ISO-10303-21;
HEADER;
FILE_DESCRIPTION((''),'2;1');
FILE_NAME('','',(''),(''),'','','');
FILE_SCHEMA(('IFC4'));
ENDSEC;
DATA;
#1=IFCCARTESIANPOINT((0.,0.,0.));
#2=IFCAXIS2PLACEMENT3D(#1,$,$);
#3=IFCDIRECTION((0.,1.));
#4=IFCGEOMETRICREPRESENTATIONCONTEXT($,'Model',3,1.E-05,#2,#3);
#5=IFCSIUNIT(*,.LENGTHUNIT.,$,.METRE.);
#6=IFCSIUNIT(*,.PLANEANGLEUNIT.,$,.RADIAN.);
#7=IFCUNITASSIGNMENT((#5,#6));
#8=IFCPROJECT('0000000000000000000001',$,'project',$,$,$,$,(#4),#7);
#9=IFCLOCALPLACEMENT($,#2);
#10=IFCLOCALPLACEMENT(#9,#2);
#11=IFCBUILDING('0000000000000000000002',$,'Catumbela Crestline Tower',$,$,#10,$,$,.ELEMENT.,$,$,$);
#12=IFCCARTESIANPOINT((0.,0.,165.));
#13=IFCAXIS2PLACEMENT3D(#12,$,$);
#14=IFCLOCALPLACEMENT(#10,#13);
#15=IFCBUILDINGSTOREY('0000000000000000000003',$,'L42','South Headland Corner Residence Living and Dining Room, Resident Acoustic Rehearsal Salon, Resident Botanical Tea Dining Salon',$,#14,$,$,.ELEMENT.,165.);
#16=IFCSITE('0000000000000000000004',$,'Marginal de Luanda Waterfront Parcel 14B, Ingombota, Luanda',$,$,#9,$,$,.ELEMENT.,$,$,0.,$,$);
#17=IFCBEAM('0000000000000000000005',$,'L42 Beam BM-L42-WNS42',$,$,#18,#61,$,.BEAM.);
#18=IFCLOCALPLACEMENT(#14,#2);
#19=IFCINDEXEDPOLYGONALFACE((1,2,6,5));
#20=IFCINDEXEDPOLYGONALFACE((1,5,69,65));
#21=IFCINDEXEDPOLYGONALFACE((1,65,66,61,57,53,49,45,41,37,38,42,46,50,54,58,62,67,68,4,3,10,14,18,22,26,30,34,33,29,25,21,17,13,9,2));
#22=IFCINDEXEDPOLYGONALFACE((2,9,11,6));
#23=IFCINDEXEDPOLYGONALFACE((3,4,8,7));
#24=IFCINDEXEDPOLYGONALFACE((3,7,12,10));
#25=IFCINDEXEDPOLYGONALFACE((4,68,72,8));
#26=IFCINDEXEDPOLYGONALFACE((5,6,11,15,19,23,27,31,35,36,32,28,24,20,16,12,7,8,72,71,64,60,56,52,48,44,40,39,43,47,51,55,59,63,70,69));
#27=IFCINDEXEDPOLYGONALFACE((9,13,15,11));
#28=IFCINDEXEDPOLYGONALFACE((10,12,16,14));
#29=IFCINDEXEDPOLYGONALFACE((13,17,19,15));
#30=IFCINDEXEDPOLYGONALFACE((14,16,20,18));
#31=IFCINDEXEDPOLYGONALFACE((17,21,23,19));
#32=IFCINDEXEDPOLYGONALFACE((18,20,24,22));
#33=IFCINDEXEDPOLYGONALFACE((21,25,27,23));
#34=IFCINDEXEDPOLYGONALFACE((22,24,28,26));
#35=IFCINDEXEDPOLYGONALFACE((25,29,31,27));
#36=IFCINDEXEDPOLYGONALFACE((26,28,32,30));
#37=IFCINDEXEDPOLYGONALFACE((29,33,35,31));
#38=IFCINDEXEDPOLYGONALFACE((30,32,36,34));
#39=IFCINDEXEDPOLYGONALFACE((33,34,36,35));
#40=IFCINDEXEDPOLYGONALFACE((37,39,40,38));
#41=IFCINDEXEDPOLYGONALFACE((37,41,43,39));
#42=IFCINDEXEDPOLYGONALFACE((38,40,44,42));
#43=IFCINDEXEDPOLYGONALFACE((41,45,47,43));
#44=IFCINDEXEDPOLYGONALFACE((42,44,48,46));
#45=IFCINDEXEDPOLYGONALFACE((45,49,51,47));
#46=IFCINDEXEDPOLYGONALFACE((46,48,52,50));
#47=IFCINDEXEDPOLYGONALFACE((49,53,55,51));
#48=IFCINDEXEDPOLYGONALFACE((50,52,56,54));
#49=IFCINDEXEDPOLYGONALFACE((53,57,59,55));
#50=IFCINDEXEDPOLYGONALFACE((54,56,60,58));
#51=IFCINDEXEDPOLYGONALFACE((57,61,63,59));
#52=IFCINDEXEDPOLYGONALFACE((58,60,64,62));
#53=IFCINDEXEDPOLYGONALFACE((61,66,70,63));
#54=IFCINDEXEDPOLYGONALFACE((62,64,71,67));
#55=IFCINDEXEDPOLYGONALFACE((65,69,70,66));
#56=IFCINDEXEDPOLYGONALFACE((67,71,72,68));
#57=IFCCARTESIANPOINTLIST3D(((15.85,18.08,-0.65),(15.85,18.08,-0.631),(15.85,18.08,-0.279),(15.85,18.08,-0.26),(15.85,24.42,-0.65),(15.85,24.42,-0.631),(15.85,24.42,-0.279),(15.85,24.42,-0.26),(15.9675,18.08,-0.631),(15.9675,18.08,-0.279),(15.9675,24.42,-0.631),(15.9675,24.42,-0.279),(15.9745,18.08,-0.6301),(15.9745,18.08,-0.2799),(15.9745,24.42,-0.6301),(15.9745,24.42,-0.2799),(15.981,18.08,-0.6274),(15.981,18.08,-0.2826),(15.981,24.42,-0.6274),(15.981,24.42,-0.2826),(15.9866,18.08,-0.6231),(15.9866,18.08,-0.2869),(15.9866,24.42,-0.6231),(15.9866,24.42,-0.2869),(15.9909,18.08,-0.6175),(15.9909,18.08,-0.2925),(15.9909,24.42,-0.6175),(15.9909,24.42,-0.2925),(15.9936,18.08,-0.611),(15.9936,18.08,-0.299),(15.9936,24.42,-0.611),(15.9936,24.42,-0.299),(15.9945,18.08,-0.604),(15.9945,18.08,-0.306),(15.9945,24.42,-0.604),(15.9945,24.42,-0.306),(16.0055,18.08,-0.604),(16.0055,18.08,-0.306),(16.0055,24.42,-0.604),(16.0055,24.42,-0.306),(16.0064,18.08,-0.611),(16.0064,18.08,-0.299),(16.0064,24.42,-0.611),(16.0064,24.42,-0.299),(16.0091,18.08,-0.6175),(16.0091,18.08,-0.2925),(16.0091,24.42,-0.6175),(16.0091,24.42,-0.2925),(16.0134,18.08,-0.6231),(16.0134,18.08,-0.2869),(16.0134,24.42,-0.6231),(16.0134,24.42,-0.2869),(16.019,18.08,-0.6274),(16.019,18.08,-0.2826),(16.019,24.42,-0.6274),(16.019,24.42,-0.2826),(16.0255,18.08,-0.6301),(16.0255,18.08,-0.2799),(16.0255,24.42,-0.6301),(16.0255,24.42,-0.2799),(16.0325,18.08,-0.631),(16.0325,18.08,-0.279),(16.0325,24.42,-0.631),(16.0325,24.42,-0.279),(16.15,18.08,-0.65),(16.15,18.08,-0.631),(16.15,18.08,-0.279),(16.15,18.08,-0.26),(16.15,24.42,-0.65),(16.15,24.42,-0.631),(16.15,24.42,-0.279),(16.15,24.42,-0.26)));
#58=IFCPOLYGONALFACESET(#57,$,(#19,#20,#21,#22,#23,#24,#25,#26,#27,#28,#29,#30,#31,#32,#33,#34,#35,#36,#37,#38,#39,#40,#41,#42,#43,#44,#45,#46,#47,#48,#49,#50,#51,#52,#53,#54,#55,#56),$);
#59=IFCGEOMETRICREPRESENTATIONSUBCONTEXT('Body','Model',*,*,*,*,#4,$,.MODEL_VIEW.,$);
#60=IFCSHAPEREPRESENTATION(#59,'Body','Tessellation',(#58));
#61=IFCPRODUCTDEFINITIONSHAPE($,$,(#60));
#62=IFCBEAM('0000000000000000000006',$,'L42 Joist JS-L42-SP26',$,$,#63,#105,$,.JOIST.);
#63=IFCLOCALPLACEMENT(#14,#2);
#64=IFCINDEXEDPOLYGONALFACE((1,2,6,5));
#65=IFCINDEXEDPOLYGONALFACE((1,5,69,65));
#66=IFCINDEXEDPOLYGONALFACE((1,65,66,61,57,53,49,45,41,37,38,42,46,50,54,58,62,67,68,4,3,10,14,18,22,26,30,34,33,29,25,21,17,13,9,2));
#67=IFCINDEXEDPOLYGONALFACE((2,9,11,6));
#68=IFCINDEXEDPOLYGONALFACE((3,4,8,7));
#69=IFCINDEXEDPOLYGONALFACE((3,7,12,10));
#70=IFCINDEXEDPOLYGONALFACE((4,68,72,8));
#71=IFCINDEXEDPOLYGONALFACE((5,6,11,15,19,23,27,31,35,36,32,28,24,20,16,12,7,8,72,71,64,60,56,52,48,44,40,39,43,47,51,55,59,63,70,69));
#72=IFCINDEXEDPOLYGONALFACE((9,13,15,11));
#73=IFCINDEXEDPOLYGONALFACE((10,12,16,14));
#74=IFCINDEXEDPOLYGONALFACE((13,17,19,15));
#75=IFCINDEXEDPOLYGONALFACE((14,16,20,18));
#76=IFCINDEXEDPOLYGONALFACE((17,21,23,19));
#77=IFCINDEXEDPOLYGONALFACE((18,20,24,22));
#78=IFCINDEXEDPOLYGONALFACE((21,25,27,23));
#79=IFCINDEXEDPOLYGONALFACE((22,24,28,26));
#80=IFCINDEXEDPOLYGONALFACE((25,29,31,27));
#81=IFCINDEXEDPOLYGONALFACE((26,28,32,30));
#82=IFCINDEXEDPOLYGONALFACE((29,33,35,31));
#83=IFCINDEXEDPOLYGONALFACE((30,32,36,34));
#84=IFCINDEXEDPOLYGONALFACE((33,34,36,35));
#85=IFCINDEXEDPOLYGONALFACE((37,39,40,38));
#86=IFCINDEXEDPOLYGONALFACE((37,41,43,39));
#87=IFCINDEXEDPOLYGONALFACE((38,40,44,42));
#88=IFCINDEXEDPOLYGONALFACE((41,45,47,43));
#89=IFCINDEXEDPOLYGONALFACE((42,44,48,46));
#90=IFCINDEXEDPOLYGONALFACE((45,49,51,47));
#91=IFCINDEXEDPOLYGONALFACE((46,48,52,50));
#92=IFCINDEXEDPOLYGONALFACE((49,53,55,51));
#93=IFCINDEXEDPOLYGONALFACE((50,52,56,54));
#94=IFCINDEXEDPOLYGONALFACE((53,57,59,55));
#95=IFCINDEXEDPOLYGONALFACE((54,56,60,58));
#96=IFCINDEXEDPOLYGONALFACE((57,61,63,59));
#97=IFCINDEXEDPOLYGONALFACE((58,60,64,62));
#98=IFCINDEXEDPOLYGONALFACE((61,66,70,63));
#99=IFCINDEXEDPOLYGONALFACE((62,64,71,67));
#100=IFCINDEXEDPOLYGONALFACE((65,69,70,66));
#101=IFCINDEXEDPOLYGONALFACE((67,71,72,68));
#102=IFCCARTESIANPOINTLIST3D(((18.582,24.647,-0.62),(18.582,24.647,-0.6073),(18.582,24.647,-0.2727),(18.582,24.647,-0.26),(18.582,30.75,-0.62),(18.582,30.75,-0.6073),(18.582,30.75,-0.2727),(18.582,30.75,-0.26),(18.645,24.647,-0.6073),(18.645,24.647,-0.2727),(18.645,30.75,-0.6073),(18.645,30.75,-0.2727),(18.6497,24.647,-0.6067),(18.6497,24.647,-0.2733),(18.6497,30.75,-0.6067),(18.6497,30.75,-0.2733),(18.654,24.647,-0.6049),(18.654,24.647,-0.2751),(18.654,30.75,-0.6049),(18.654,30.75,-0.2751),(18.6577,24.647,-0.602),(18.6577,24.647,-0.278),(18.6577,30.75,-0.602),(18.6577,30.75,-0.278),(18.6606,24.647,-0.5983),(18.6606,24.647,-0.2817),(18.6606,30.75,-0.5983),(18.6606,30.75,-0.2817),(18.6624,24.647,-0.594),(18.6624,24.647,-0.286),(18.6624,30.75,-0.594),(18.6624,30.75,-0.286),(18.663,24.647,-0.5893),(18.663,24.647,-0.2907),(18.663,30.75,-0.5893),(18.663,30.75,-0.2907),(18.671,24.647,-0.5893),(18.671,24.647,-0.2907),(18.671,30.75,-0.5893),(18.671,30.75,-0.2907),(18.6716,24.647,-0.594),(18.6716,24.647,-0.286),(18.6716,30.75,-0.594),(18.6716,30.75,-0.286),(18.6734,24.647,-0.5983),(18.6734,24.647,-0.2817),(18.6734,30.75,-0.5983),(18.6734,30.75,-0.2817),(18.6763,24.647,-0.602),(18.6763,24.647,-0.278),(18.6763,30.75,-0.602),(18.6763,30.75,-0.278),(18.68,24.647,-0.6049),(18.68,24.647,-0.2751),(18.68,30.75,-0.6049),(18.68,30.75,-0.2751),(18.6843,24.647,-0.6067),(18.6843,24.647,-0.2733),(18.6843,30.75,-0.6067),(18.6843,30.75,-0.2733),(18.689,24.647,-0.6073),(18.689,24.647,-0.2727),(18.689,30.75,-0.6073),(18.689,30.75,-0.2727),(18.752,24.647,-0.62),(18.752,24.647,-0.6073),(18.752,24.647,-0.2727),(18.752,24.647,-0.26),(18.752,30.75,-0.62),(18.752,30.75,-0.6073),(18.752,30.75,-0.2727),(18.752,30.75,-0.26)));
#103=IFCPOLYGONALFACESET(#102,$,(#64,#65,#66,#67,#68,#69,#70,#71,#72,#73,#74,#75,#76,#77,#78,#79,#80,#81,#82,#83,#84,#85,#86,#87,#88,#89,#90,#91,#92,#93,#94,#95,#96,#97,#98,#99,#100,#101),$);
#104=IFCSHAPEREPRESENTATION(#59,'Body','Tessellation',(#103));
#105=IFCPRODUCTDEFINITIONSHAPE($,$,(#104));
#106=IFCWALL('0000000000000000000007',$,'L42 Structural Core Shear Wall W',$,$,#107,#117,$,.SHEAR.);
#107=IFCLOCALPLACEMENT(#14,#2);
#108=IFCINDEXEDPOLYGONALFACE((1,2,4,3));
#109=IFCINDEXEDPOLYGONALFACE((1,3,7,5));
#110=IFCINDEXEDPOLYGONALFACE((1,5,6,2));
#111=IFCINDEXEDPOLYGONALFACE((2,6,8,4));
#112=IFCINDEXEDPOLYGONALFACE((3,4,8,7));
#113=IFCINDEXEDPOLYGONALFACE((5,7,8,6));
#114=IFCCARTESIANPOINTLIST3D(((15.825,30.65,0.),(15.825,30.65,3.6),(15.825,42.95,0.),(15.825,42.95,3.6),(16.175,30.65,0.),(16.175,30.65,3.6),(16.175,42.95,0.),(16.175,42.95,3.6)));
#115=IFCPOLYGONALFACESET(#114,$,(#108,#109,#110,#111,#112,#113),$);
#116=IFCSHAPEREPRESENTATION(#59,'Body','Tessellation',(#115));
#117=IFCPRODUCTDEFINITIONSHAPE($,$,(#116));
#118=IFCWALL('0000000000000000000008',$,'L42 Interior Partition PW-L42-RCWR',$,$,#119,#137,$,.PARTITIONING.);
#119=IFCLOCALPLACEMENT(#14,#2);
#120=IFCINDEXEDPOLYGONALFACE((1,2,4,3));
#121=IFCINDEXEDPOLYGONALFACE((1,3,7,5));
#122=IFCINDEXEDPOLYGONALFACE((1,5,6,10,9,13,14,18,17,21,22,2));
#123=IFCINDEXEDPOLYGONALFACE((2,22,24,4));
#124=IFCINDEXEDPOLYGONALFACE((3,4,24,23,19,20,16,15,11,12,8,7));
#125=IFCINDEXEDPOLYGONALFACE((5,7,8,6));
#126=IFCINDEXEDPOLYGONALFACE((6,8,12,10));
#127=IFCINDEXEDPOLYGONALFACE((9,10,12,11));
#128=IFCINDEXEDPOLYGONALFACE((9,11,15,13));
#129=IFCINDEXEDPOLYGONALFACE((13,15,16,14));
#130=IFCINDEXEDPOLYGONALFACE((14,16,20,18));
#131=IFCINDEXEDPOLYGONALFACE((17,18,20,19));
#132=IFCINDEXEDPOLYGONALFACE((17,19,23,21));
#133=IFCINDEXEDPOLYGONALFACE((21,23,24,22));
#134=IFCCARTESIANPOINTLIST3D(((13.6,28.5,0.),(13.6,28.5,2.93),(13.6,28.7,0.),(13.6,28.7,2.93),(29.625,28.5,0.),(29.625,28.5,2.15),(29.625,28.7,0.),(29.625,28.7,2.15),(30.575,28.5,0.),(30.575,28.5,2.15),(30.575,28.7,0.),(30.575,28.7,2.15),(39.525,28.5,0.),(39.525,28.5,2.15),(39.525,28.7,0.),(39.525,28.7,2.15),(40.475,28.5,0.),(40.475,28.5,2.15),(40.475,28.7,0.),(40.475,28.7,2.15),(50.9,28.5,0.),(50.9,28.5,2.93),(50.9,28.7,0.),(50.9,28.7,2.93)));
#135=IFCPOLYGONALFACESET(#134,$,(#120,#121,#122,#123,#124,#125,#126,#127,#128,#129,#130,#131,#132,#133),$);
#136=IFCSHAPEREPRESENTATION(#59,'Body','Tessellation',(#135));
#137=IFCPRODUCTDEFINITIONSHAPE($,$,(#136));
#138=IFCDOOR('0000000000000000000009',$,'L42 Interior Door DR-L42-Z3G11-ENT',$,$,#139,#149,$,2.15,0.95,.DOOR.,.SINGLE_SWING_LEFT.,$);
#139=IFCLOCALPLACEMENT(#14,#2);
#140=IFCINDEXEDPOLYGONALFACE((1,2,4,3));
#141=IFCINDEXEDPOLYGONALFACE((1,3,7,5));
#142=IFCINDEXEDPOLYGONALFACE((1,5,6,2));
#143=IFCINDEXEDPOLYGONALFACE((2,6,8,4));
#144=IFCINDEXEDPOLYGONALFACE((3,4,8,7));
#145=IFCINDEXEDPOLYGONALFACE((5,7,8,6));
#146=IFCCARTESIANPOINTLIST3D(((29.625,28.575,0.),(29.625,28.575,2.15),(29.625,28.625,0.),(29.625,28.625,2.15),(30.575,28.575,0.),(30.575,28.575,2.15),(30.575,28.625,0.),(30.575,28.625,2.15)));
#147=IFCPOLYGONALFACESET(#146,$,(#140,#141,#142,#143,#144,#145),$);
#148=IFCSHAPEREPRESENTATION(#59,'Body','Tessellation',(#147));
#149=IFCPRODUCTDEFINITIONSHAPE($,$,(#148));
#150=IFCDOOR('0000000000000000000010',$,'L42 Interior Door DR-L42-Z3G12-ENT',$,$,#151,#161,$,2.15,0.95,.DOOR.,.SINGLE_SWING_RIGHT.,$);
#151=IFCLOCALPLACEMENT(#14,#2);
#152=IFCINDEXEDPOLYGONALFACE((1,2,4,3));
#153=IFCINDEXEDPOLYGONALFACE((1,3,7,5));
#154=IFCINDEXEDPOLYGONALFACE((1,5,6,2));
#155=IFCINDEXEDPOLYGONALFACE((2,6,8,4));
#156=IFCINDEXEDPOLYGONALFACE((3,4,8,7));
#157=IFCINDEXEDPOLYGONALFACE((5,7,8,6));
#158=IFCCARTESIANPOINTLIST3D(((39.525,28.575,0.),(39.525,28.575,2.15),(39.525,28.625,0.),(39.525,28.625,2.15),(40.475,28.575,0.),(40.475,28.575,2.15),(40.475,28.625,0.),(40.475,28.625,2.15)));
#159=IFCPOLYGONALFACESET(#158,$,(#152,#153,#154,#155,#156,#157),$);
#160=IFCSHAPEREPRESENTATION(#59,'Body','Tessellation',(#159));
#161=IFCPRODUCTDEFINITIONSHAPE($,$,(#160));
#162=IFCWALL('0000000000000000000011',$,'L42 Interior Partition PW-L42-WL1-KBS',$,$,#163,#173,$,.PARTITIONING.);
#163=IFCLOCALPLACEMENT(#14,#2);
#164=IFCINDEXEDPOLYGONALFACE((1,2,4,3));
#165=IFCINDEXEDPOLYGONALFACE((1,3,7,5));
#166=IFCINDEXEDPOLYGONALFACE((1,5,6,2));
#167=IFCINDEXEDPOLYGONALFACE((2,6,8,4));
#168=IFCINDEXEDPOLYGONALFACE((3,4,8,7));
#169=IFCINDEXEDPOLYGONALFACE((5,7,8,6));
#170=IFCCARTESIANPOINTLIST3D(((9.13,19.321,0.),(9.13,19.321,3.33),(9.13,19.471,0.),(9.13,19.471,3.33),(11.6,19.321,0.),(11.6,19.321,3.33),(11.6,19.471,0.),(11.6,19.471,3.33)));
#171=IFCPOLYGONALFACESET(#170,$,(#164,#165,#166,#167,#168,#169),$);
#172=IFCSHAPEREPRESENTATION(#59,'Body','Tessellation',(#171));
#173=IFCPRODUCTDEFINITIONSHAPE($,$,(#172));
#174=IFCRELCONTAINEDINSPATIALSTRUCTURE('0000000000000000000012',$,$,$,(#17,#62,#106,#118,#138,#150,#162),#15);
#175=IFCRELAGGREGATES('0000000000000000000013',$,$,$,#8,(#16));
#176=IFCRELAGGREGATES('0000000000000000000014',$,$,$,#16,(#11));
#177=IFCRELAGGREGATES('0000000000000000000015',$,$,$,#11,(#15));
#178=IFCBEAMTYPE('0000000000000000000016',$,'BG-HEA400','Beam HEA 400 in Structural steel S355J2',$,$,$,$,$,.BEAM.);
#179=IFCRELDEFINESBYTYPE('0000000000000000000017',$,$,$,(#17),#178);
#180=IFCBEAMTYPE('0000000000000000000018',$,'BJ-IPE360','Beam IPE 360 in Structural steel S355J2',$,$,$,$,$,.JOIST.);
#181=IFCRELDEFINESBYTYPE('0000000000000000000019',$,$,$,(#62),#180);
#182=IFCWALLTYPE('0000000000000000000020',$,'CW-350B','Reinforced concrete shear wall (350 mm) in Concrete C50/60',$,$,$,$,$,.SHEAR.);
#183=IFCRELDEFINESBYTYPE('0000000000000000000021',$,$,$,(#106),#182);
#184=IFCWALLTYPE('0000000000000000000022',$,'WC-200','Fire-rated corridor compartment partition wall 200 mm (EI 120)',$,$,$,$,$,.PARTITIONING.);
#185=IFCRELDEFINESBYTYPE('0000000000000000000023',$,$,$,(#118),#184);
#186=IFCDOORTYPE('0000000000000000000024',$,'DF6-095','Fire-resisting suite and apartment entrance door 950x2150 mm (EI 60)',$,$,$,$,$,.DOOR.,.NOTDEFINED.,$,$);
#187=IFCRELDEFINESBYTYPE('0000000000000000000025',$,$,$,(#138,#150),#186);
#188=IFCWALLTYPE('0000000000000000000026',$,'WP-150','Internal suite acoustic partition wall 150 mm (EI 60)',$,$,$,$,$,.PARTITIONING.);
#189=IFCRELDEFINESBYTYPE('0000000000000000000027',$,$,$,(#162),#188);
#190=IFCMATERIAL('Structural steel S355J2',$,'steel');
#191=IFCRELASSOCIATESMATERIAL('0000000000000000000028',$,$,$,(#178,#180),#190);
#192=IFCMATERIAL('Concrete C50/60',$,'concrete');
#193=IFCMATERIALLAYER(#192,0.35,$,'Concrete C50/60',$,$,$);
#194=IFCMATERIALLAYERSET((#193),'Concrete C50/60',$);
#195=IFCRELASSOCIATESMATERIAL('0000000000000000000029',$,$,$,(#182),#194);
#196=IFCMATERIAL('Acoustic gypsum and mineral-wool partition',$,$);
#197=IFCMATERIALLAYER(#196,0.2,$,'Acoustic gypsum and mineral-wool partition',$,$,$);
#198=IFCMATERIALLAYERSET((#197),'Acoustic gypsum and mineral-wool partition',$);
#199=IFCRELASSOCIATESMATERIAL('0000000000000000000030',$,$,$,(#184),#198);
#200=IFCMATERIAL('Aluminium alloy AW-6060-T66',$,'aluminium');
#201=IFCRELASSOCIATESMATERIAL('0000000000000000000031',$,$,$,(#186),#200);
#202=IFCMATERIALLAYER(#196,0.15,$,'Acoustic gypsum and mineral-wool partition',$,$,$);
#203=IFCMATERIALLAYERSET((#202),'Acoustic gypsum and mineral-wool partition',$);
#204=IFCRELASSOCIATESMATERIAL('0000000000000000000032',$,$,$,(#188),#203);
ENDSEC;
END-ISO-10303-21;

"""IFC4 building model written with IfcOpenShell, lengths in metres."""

from ifc_helpers import new_model, si_unit, direction, frame, frame_2d, origin, origin_2d, place, context, subcontext, project, spatial, rectangle, i_section, extrude, material, layer, layer_set, material_profile, profile_set, type_object, element, fill, save


model = new_model("IFC4")

# Units and contexts
model_context = context("Model", 3, precision=1e-05, world=origin(), true_north=direction((0.0, 1.0)))
body_context = subcontext(model_context, "Body", "Model", "MODEL_VIEW")
ifc_project = project(units=[si_unit("LENGTHUNIT", "METRE"), si_unit("PLANEANGLEUNIT", "RADIAN")], contexts=[model_context])

# Site, building, storey
site_placement = place(None, origin())
site = spatial("IfcSite", under=ifc_project, at=site_placement, Name="Marginal de Luanda Waterfront Parcel 14B, Ingombota, Luanda", CompositionType="ELEMENT", RefElevation=0.0)
building_placement = place(site_placement, origin())
building = spatial("IfcBuilding", under=site, at=building_placement, Name="Catumbela Crestline Tower", CompositionType="ELEMENT")
storey_placement = place(building_placement, frame((0.0, 0.0, 165.0)))
storey = spatial("IfcBuildingStorey", under=building, at=storey_placement, Name="L42", Description="South Headland Corner Residence Living and Dining Room, Resident Acoustic Rehearsal Salon, Resident Botanical Tea Dining Salon", CompositionType="ELEMENT", Elevation=165.0)

# Shared definitions
ifc_material_1 = material(Name="Concrete C50/60", Category="concrete")

# Beams
ifc_material_2 = material(Name="Structural steel S355J2", Category="steel")
ifc_material_profile_1 = material_profile(ifc_material_2, i_section(OverallWidth=0.3, OverallDepth=0.39, WebThickness=0.011, FlangeThickness=0.019, FilletRadius=0.027, at=origin_2d()), Name="HEA 400")
ifc_profile_set_1 = profile_set([ifc_material_profile_1], Name="Structural steel S355J2")
beam_type_1 = type_object("IfcBeamType", Name="BG-HEA400", Description="Beam HEA 400 in Structural steel S355J2", PredefinedType="BEAM", material=ifc_profile_set_1)
beam_1_placement = place(storey_placement, frame((16.0, 18.08, -0.455), z_axis=(0.0, 1.0, 0.0), x_axis=(-1.0, 0.0, 0.0)))
element("IfcBeam", 1, at=beam_1_placement, inside=storey, type_object=beam_type_1, Name="L42 Beam BM-L42-WNS42", PredefinedType="BEAM", context=body_context, shape_type="SweptSolid", body=[
    extrude(i_section(OverallWidth=0.3, OverallDepth=0.39, WebThickness=0.011, FlangeThickness=0.019, FilletRadius=0.027, at=origin_2d()), origin(), (0.0, 0.0, 1.0), 6.34),
])
ifc_material_profile_2 = material_profile(ifc_material_2, i_section(OverallWidth=0.17, OverallDepth=0.36, WebThickness=0.008, FlangeThickness=0.0127, FilletRadius=0.018, at=origin_2d()), Name="IPE 360")
ifc_profile_set_2 = profile_set([ifc_material_profile_2], Name="Structural steel S355J2")
beam_type_2 = type_object("IfcBeamType", Name="BJ-IPE360", Description="Beam IPE 360 in Structural steel S355J2", PredefinedType="JOIST", material=ifc_profile_set_2)
beam_2_placement = place(storey_placement, frame((18.667, 24.647, -0.44), z_axis=(0.0, 1.0, 0.0), x_axis=(-1.0, 0.0, 0.0)))
element("IfcBeam", 2, at=beam_2_placement, inside=storey, type_object=beam_type_2, Name="L42 Joist JS-L42-SP26", PredefinedType="JOIST", context=body_context, shape_type="SweptSolid", body=[
    extrude(i_section(OverallWidth=0.17, OverallDepth=0.36, WebThickness=0.008, FlangeThickness=0.0127, FilletRadius=0.018, at=origin_2d()), origin(), (0.0, 0.0, 1.0), 6.103),
])

# Wall
ifc_layer_1 = layer(ifc_material_1, 0.35, Name="Concrete C50/60")
ifc_layer_set_1 = layer_set([ifc_layer_1], Name="Concrete C50/60")
wall_type_1 = type_object("IfcWallType", Name="CW-350B", Description="Reinforced concrete shear wall (350 mm) in Concrete C50/60", PredefinedType="SHEAR", material=ifc_layer_set_1)
wall_1_placement = place(storey_placement, frame((16.0, 30.65, 0.0), z_axis=(0.0, 0.0, 1.0), x_axis=(0.0, 1.0, 0.0)))
element("IfcWall", 3, at=wall_1_placement, inside=storey, type_object=wall_type_1, Name="L42 Structural Core Shear Wall W", PredefinedType="SHEAR", context=body_context, shape_type="SweptSolid", body=[
    extrude(rectangle(XDim=12.3, YDim=0.35, at=frame_2d((6.15, 0.0))), origin(), (0.0, 0.0, 1.0), 3.6),
])

# Wall, openings, doors
ifc_material_3 = material(Name="Acoustic gypsum and mineral-wool partition")
ifc_layer_2 = layer(ifc_material_3, 0.2, Name="Acoustic gypsum and mineral-wool partition")
ifc_layer_set_2 = layer_set([ifc_layer_2], Name="Acoustic gypsum and mineral-wool partition")
wall_type_2 = type_object("IfcWallType", Name="WC-200", Description="Fire-rated corridor compartment partition wall 200 mm (EI 120)", PredefinedType="PARTITIONING", material=ifc_layer_set_2)
wall_2_placement = place(storey_placement, frame((13.6, 28.6, 0.0), z_axis=(0.0, 0.0, 1.0), x_axis=(1.0, 0.0, 0.0)))
wall_2 = element("IfcWall", 4, at=wall_2_placement, inside=storey, type_object=wall_type_2, Name="L42 Interior Partition PW-L42-RCWR", PredefinedType="PARTITIONING", context=body_context, shape_type="SweptSolid", body=[
    extrude(rectangle(XDim=37.3, YDim=0.2, at=frame_2d((18.65, 0.0))), origin(), (0.0, 0.0, 1.0), 2.93),
])
opening_1_placement = place(wall_2_placement, frame((16.025, 0.0, 0.0)))
opening_1 = element("IfcOpeningElement", 5, at=opening_1_placement, cuts=wall_2, PredefinedType="OPENING", context=body_context, shape_type="SweptSolid", body=[
    extrude(rectangle(XDim=0.95, YDim=2.15, at=frame_2d((0.475, 1.075))), frame((0.0, 0.11, 0.0), z_axis=(0.0, -1.0, 0.0), x_axis=(1.0, 0.0, 0.0)), (0.0, 0.0, 1.0), 0.22),
])
opening_2_placement = place(wall_2_placement, frame((25.925, 0.0, 0.0)))
opening_2 = element("IfcOpeningElement", 6, at=opening_2_placement, cuts=wall_2, PredefinedType="OPENING", context=body_context, shape_type="SweptSolid", body=[
    extrude(rectangle(XDim=0.95, YDim=2.15, at=frame_2d((0.475, 1.075))), frame((0.0, 0.11, 0.0), z_axis=(0.0, -1.0, 0.0), x_axis=(1.0, 0.0, 0.0)), (0.0, 0.0, 1.0), 0.22),
])
ifc_material_4 = material(Name="Aluminium alloy AW-6060-T66", Category="aluminium")
door_type_1 = type_object("IfcDoorType", Name="DF6-095", Description="Fire-resisting suite and apartment entrance door 950x2150 mm (EI 60)", OperationType="NOTDEFINED", PredefinedType="DOOR", material=ifc_material_4)
door_1_placement = place(opening_1_placement, origin())
door_1 = element("IfcDoor", 7, at=door_1_placement, inside=storey, type_object=door_type_1, Name="L42 Interior Door DR-L42-Z3G11-ENT", OperationType="SINGLE_SWING_LEFT", OverallHeight=2.15, OverallWidth=0.95, PredefinedType="DOOR", context=body_context, shape_type="SweptSolid", body=[
    extrude(rectangle(XDim=0.95, YDim=2.15, at=frame_2d((0.475, 1.075))), frame((0.0, 0.025, 0.0), z_axis=(0.0, -1.0, 0.0), x_axis=(1.0, 0.0, 0.0)), (0.0, 0.0, 1.0), 0.05),
])
fill(opening_1, door_1)
door_2_placement = place(opening_2_placement, origin())
door_2 = element("IfcDoor", 8, at=door_2_placement, inside=storey, type_object=door_type_1, Name="L42 Interior Door DR-L42-Z3G12-ENT", OperationType="SINGLE_SWING_RIGHT", OverallHeight=2.15, OverallWidth=0.95, PredefinedType="DOOR", context=body_context, shape_type="SweptSolid", body=[
    extrude(rectangle(XDim=0.95, YDim=2.15, at=frame_2d((0.475, 1.075))), frame((0.0, 0.025, 0.0), z_axis=(0.0, -1.0, 0.0), x_axis=(1.0, 0.0, 0.0)), (0.0, 0.0, 1.0), 0.05),
])
fill(opening_2, door_2)

# Wall
ifc_layer_3 = layer(ifc_material_3, 0.15, Name="Acoustic gypsum and mineral-wool partition")
ifc_layer_set_3 = layer_set([ifc_layer_3], Name="Acoustic gypsum and mineral-wool partition")
wall_type_3 = type_object("IfcWallType", Name="WP-150", Description="Internal suite acoustic partition wall 150 mm (EI 60)", PredefinedType="PARTITIONING", material=ifc_layer_set_3)
for number, where, z_axis, x_axis, name in (
    (9, (9.13, 19.396, 0.0), (0.0, 0.0, 1.0), (1.0, 0.0, 0.0), "L42 Interior Partition PW-L42-WL1-KBS"),
):
    element("IfcWall", number, at=place(storey_placement, frame(where, z_axis=z_axis, x_axis=x_axis)), inside=storey, type_object=wall_type_3, Name=name, PredefinedType="PARTITIONING", context=body_context, shape_type="SweptSolid", body=[
        extrude(rectangle(XDim=2.47, YDim=0.15, at=frame_2d((1.235, 0.0))), origin(), (0.0, 0.0, 1.0), 3.33),
    ])

save(model, "model.ifc")
